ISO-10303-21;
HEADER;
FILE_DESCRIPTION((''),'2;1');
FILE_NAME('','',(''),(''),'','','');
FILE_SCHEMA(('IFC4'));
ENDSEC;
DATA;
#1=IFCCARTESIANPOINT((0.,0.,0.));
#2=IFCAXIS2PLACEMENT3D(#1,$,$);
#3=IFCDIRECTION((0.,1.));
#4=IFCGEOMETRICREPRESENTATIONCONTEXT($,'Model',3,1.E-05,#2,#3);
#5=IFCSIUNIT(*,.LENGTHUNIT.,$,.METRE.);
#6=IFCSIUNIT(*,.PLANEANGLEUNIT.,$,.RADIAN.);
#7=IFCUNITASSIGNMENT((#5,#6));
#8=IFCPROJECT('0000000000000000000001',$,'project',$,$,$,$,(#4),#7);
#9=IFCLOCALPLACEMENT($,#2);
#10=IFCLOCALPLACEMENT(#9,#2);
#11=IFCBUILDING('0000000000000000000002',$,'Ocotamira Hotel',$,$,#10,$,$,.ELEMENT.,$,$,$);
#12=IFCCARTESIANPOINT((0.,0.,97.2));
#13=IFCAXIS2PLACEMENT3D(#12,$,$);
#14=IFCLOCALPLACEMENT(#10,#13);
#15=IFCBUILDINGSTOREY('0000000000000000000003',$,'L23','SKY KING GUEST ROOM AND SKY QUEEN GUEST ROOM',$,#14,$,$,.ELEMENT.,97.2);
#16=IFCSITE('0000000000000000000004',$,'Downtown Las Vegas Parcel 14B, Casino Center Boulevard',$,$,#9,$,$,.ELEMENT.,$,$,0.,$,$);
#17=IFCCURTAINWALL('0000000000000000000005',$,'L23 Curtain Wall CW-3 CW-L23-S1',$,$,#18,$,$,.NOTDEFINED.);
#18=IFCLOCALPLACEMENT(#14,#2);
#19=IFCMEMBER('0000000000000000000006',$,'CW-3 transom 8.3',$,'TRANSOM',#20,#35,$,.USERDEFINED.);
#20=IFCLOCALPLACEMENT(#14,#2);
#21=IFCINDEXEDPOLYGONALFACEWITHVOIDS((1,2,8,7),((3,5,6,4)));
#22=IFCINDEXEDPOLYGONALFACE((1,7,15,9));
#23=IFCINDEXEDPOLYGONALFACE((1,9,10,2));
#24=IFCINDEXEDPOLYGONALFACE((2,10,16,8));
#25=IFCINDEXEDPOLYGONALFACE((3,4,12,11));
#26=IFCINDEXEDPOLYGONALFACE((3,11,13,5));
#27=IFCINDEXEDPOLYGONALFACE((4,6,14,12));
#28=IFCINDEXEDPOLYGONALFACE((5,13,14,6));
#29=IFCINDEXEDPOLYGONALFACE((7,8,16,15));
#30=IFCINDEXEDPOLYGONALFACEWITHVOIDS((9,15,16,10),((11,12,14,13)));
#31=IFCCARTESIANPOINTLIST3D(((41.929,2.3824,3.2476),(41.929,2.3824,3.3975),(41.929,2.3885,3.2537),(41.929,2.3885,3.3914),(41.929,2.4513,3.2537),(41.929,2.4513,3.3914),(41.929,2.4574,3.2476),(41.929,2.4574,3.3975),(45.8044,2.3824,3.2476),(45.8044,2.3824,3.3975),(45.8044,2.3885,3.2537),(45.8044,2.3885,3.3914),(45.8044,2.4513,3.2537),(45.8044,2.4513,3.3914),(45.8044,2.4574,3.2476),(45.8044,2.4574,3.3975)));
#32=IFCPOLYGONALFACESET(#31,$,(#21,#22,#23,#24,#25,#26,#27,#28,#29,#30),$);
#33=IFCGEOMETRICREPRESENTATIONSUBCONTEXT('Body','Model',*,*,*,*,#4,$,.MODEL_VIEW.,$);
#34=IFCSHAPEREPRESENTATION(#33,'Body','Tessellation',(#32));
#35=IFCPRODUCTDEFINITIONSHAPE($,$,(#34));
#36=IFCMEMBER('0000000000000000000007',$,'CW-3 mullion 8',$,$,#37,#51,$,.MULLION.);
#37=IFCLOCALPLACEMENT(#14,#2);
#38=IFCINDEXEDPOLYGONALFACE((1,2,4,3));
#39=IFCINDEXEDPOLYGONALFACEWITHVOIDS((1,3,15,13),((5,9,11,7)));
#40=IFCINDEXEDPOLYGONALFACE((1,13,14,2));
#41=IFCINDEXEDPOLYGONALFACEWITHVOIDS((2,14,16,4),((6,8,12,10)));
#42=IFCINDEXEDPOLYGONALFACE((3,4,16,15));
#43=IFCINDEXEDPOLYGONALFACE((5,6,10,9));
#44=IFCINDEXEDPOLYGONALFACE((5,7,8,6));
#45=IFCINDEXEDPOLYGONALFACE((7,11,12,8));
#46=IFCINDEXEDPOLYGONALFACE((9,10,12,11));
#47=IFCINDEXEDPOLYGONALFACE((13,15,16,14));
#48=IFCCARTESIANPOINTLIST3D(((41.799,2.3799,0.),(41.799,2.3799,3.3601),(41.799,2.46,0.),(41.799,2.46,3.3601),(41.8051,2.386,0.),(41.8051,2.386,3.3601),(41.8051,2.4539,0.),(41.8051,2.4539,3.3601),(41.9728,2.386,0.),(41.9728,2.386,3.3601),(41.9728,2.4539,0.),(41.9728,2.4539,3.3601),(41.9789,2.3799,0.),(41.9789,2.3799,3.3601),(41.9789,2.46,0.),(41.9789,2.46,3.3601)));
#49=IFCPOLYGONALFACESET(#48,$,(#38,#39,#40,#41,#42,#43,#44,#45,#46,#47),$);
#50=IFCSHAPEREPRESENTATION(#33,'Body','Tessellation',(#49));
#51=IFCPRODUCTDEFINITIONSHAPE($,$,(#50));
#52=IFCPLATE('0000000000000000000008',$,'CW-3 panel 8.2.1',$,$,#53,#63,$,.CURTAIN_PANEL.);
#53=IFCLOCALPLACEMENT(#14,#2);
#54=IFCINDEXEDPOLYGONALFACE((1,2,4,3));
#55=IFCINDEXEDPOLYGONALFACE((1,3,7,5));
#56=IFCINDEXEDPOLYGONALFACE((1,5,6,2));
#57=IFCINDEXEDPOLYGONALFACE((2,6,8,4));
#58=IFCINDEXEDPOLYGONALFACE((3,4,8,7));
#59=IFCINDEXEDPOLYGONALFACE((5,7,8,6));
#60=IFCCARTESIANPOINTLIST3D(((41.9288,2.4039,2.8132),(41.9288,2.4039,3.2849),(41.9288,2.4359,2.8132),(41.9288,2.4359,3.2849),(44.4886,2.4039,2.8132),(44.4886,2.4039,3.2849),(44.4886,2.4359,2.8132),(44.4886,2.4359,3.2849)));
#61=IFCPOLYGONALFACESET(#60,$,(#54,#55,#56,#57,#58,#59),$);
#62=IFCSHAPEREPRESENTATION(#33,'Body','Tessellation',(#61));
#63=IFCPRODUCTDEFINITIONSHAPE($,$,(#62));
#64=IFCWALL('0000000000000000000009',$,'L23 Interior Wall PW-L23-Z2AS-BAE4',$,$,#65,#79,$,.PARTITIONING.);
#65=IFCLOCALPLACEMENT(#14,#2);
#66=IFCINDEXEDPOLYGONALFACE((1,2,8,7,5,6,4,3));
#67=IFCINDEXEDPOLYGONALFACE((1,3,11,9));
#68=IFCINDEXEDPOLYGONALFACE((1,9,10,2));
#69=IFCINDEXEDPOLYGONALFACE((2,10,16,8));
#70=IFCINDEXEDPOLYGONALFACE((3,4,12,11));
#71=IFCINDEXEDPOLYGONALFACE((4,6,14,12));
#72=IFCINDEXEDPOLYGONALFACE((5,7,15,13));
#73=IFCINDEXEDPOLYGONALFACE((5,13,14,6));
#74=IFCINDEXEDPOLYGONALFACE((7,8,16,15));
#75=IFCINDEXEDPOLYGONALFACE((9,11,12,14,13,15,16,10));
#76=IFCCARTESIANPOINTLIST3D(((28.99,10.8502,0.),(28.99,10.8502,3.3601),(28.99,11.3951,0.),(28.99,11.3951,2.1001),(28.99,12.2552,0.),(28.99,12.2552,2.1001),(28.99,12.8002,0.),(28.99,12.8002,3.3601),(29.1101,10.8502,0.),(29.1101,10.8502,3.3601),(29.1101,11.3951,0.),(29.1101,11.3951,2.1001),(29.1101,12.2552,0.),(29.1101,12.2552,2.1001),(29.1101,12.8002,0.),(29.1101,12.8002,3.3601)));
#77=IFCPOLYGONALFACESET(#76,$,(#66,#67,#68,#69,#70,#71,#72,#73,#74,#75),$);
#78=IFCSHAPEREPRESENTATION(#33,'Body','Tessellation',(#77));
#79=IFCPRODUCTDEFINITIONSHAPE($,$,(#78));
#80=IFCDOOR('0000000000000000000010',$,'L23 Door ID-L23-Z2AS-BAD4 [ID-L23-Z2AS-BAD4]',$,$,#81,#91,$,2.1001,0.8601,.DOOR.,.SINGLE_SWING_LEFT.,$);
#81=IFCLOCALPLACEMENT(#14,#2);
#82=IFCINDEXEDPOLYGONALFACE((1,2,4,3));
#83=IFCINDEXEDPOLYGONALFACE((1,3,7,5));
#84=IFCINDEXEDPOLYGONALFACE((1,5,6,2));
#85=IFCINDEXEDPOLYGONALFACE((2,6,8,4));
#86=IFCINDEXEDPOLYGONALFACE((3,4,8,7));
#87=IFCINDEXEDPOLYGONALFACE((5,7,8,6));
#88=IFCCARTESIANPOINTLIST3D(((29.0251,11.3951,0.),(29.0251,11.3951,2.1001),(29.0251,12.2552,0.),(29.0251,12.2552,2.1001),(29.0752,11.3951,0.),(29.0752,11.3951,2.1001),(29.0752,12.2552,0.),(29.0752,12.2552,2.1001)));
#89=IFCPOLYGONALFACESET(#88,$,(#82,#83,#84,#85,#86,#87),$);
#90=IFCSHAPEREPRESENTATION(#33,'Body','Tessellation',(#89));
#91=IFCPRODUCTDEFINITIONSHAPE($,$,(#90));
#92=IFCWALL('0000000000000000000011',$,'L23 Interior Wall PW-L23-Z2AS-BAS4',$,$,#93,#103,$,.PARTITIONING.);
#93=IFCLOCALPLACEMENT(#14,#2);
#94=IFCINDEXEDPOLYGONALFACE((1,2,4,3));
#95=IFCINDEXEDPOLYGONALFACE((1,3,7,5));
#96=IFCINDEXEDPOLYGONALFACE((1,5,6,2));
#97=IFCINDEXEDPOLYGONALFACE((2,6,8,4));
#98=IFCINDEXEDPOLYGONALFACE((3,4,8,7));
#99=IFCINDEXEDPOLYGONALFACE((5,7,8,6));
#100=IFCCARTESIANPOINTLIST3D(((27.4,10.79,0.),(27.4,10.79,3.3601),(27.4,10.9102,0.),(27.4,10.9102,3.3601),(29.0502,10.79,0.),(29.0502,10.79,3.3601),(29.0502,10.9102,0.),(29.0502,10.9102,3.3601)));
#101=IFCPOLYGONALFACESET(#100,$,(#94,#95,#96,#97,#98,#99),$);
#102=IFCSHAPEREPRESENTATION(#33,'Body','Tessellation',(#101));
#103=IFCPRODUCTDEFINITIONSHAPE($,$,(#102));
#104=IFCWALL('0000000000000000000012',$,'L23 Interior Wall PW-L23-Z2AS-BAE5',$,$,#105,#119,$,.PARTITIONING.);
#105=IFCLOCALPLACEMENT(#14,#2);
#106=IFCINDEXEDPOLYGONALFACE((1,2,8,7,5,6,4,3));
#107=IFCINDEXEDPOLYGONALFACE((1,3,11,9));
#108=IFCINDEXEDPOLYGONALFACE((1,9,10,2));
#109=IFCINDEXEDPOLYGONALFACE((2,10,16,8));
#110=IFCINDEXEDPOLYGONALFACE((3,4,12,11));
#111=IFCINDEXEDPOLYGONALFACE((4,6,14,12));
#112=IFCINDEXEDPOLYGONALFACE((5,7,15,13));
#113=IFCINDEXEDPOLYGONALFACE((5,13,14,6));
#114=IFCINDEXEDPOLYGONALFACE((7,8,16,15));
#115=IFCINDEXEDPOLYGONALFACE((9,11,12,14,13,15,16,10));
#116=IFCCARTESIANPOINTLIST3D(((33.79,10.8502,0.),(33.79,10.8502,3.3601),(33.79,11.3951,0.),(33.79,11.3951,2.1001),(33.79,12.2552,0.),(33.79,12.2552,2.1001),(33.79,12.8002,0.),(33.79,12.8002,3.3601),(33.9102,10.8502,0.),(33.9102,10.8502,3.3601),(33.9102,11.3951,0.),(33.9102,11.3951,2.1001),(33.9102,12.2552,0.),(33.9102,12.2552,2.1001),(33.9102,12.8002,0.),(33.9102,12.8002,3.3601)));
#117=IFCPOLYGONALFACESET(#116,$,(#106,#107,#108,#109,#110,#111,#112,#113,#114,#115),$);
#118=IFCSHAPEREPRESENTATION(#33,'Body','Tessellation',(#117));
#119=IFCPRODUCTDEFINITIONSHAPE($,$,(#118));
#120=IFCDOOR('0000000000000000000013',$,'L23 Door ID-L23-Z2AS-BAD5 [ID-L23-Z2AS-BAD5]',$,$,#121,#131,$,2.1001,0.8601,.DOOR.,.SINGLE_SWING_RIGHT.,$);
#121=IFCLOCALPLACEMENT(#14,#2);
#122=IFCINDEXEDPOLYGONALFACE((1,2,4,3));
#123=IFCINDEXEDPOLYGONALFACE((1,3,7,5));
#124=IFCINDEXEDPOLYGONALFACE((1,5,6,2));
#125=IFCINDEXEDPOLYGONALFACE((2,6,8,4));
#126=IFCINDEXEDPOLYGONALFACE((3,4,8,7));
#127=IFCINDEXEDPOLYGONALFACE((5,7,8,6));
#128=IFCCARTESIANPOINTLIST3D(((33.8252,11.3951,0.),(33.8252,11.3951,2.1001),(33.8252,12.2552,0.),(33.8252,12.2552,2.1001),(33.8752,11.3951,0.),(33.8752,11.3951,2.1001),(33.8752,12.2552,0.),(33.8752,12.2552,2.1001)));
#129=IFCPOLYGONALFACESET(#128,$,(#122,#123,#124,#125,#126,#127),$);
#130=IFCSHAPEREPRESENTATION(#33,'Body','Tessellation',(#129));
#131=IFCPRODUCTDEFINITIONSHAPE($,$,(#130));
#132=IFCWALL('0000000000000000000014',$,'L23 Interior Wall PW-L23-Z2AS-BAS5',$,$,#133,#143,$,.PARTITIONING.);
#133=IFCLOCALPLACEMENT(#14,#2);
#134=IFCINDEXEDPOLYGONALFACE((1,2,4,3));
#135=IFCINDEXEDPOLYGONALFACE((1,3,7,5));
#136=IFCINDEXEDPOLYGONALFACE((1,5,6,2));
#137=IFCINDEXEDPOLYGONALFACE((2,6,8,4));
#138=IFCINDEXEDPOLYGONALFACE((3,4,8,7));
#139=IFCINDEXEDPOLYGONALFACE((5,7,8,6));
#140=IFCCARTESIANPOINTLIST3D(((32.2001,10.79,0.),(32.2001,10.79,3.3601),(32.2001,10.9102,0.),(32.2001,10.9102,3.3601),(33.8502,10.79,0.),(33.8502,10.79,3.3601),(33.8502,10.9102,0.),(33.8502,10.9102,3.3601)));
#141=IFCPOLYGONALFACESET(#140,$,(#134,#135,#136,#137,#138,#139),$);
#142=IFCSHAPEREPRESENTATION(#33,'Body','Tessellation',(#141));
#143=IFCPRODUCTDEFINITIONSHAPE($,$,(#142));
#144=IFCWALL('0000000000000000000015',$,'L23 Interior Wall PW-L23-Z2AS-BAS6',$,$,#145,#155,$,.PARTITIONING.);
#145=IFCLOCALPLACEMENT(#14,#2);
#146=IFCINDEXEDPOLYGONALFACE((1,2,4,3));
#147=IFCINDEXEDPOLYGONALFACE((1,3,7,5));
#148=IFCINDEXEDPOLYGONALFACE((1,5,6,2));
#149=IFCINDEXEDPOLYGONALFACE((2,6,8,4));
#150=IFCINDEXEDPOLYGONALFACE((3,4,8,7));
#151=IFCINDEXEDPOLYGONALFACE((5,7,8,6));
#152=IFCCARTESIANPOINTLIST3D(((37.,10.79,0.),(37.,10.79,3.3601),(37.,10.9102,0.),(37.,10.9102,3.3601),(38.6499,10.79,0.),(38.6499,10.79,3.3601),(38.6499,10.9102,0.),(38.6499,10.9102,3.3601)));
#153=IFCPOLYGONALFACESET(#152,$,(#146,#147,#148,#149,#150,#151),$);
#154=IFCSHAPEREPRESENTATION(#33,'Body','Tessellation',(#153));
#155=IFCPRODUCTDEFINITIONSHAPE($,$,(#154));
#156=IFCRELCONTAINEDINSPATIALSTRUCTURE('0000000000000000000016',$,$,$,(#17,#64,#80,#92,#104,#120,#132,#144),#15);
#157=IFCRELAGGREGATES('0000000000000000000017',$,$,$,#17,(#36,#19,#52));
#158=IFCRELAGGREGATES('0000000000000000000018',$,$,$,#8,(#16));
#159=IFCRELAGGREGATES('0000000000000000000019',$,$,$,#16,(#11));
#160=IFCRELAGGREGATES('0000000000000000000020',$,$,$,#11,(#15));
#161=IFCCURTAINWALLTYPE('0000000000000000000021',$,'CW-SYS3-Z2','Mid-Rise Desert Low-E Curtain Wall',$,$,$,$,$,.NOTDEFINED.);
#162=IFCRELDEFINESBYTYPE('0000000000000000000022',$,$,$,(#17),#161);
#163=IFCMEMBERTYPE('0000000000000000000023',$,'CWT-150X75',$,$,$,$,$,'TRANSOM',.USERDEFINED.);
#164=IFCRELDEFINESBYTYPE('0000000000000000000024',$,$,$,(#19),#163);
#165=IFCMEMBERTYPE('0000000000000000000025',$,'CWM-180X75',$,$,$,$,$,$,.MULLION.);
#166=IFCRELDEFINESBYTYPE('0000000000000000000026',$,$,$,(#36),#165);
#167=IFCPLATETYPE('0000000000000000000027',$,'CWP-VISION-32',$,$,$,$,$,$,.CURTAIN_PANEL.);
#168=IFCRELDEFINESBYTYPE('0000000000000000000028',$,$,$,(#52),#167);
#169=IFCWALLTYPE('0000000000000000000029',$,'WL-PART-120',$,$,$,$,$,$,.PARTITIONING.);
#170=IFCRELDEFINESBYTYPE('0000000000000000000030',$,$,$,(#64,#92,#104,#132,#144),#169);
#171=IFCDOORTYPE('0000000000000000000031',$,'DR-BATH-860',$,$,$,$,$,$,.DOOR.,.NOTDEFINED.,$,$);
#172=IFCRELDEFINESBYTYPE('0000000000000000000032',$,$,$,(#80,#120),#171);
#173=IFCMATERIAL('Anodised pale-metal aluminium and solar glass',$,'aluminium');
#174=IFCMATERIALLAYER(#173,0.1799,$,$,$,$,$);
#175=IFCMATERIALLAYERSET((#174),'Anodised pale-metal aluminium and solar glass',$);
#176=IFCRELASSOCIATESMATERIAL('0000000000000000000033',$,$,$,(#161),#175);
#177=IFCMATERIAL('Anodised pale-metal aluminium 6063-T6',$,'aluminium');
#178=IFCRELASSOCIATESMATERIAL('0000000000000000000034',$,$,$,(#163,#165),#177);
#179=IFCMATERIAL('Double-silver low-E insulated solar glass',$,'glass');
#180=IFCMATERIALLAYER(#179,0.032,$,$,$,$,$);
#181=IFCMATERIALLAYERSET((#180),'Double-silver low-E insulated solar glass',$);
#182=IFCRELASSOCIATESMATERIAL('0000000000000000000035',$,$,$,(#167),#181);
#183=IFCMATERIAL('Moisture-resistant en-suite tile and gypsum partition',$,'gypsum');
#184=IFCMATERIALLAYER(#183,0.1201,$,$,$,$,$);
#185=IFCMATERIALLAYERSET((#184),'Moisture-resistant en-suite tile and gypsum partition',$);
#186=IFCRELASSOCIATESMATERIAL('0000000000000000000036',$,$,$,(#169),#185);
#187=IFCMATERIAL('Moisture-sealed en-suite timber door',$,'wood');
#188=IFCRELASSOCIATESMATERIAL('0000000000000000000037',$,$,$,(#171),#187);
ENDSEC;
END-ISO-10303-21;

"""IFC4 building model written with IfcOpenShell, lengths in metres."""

from ifc_helpers import new_model, si_unit, direction, frame, frame_2d, origin, origin_2d, place, context, subcontext, project, spatial, rectangle, hollow_rectangle, extrude, source, transform, mapped, material, layer, layer_set, material_profile, profile_set, type_object, element, fill, aggregate, save


model = new_model("IFC4")

# Units and contexts
model_context = context("Model", 3, precision=1e-05, world=origin(), true_north=direction((0.0, 1.0)))
body_context = subcontext(model_context, "Body", "Model", "MODEL_VIEW")
ifc_project = project(units=[si_unit("LENGTHUNIT", "METRE"), si_unit("PLANEANGLEUNIT", "RADIAN")], contexts=[model_context])

# Site, building, storey
site_placement = place(None, origin())
site = spatial("IfcSite", under=ifc_project, at=site_placement, Name="Downtown Las Vegas Parcel 14B, Casino Center Boulevard", CompositionType="ELEMENT", RefElevation=0.0)
building_placement = place(site_placement, origin())
building = spatial("IfcBuilding", under=site, at=building_placement, Name="Ocotamira Hotel", CompositionType="ELEMENT")
storey_placement = place(building_placement, frame((0.0, 0.0, 97.2)))
storey = spatial("IfcBuildingStorey", under=building, at=storey_placement, Name="L23", Description="SKY KING GUEST ROOM AND SKY QUEEN GUEST ROOM", CompositionType="ELEMENT", Elevation=97.2)

# Curtain wall, members, plate
ifc_material_1 = material(Name="Anodised pale-metal aluminium and solar glass", Category="aluminium")
ifc_layer_1 = layer(ifc_material_1, 0.1799)
ifc_layer_set_1 = layer_set([ifc_layer_1], Name="Anodised pale-metal aluminium and solar glass")
curtain_wall_type = type_object("IfcCurtainWallType", Name="CW-SYS3-Z2", Description="Mid-Rise Desert Low-E Curtain Wall", PredefinedType="NOTDEFINED", material=ifc_layer_set_1)
curtain_wall_placement = place(storey_placement, origin())
curtain_wall = element("IfcCurtainWall", 1, at=curtain_wall_placement, inside=storey, type_object=curtain_wall_type, Name="L23 Curtain Wall CW-3 CW-L23-S1", PredefinedType="NOTDEFINED")
ifc_material_2 = material(Name="Anodised pale-metal aluminium 6063-T6", Category="aluminium")
ifc_material_profile_1 = material_profile(ifc_material_2, hollow_rectangle(XDim=0.075, YDim=0.1499, WallThickness=0.0061, at=origin_2d()), Name="HSS150X75X6")
ifc_profile_set_1 = profile_set([ifc_material_profile_1], Name="Anodised pale-metal aluminium 6063-T6")
member_type_1 = type_object("IfcMemberType", Name="CWT-150X75", ElementType="TRANSOM", PredefinedType="USERDEFINED", material=ifc_profile_set_1)
shared_shape_1 = source(origin(), body_context, "Body", "SweptSolid", [
    extrude(hollow_rectangle(XDim=0.075, YDim=0.1499, WallThickness=0.0061, at=origin_2d()), origin(), (0.0, 0.0, 1.0), 3.8755),
])
member_1_placement = place(storey_placement, frame((41.929, 2.4199, 3.3225), z_axis=(1.0, 0.0, 0.0), x_axis=(0.0, 1.0, 0.0)))
member_1 = element("IfcMember", 2, at=member_1_placement, type_object=member_type_1, Name="CW-3 transom 8.3", ObjectType="TRANSOM", PredefinedType="USERDEFINED", context=body_context, shape_type="MappedRepresentation", body=[
    mapped(shared_shape_1, transform((0.0, 0.0, 0.0), scale=1.0)),
])
ifc_material_profile_2 = material_profile(ifc_material_2, hollow_rectangle(XDim=0.0801, YDim=0.1799, WallThickness=0.0061, at=origin_2d()), Name="HSS180X80X6")
ifc_profile_set_2 = profile_set([ifc_material_profile_2], Name="Anodised pale-metal aluminium 6063-T6")
member_type_2 = type_object("IfcMemberType", Name="CWM-180X75", PredefinedType="MULLION", material=ifc_profile_set_2)
shared_shape_2 = source(origin(), body_context, "Body", "SweptSolid", [
    extrude(hollow_rectangle(XDim=0.0801, YDim=0.1799, WallThickness=0.0061, at=origin_2d()), origin(), (0.0, 0.0, 1.0), 3.3601),
])
member_2_placement = place(storey_placement, frame((41.8889, 2.4199, 0.0), z_axis=(0.0, 0.0, 1.0), x_axis=(0.0, 1.0, 0.0)))
member_2 = element("IfcMember", 3, at=member_2_placement, type_object=member_type_2, Name="CW-3 mullion 8", PredefinedType="MULLION", context=body_context, shape_type="MappedRepresentation", body=[
    mapped(shared_shape_2, transform((0.0, 0.0, 0.0), scale=1.0)),
])
ifc_material_3 = material(Name="Double-silver low-E insulated solar glass", Category="glass")
ifc_layer_2 = layer(ifc_material_3, 0.032)
ifc_layer_set_2 = layer_set([ifc_layer_2], Name="Double-silver low-E insulated solar glass")
plate_type = type_object("IfcPlateType", Name="CWP-VISION-32", PredefinedType="CURTAIN_PANEL", material=ifc_layer_set_2)
shared_shape_3 = source(origin(), body_context, "Body", "SweptSolid", [
    extrude(rectangle(XDim=2.5598, YDim=0.032, at=origin_2d()), origin(), (0.0, 0.0, 1.0), 0.4717),
])
plate_placement = place(storey_placement, frame((43.2087, 2.4199, 2.8132), z_axis=(0.0, 0.0, 1.0), x_axis=(1.0, 0.0, 0.0)))
plate = element("IfcPlate", 4, at=plate_placement, type_object=plate_type, Name="CW-3 panel 8.2.1", PredefinedType="CURTAIN_PANEL", context=body_context, shape_type="MappedRepresentation", body=[
    mapped(shared_shape_3, transform((0.0, 0.0, 0.0), scale=1.0)),
])
aggregate(curtain_wall, [member_2, member_1, plate])

# Wall, opening, door
ifc_material_4 = material(Name="Moisture-resistant en-suite tile and gypsum partition", Category="gypsum")
ifc_layer_3 = layer(ifc_material_4, 0.1201)
ifc_layer_set_3 = layer_set([ifc_layer_3], Name="Moisture-resistant en-suite tile and gypsum partition")
wall_type = type_object("IfcWallType", Name="WL-PART-120", PredefinedType="PARTITIONING", material=ifc_layer_set_3)
wall_1_placement = place(storey_placement, frame((29.05, 10.8501, 0.0), z_axis=(0.0, 0.0, 1.0), x_axis=(0.0, 1.0, 0.0)))
wall_1 = element("IfcWall", 5, at=wall_1_placement, inside=storey, type_object=wall_type, Name="L23 Interior Wall PW-L23-Z2AS-BAE4", PredefinedType="PARTITIONING", context=body_context, shape_type="SweptSolid", body=[
    extrude(rectangle(XDim=1.95, YDim=0.1201, at=frame_2d((0.9751, 0.0))), origin(), (0.0, 0.0, 1.0), 3.3601),
])
opening_1_placement = place(wall_1_placement, frame((0.5449, 0.0, 0.0)))
opening_1 = element("IfcOpeningElement", 6, at=opening_1_placement, cuts=wall_1, PredefinedType="OPENING", context=body_context, shape_type="SweptSolid", body=[
    extrude(rectangle(XDim=0.8601, YDim=2.1001, at=frame_2d((0.4302, 1.05))), frame((0.0, 0.0701, 0.0), z_axis=(0.0, -1.0, 0.0), x_axis=(1.0, 0.0, 0.0)), (0.0, 0.0, 1.0), 0.1401),
])
ifc_material_5 = material(Name="Moisture-sealed en-suite timber door", Category="wood")
door_type = type_object("IfcDoorType", Name="DR-BATH-860", OperationType="NOTDEFINED", PredefinedType="DOOR", material=ifc_material_5)
shared_shape_4 = source(origin(), body_context, "Body", "SweptSolid", [
    extrude(rectangle(XDim=0.8601, YDim=2.1001, at=frame_2d((0.4302, 1.05))), frame((0.0, 0.0249, 0.0), z_axis=(0.0, -1.0, 0.0), x_axis=(1.0, 0.0, 0.0)), (0.0, 0.0, 1.0), 0.05),
])
door_1_placement = place(opening_1_placement, origin())
door_1 = element("IfcDoor", 7, at=door_1_placement, inside=storey, type_object=door_type, Name="L23 Door ID-L23-Z2AS-BAD4 [ID-L23-Z2AS-BAD4]", OperationType="SINGLE_SWING_LEFT", OverallHeight=2.1001, OverallWidth=0.8601, PredefinedType="DOOR", context=body_context, shape_type="MappedRepresentation", body=[
    mapped(shared_shape_4, transform((0.0, 0.0, 0.0), scale=1.0)),
])
fill(opening_1, door_1)

# Wall
wall_2_placement = place(storey_placement, frame((27.3999, 10.8501, 0.0), z_axis=(0.0, 0.0, 1.0), x_axis=(1.0, 0.0, 0.0)))
element("IfcWall", 8, at=wall_2_placement, inside=storey, type_object=wall_type, Name="L23 Interior Wall PW-L23-Z2AS-BAS4", PredefinedType="PARTITIONING", context=body_context, shape_type="SweptSolid", body=[
    extrude(rectangle(XDim=1.6501, YDim=0.1201, at=frame_2d((0.8252, 0.0))), origin(), (0.0, 0.0, 1.0), 3.3601),
])

# Wall, opening, door
wall_3_placement = place(storey_placement, frame((33.8501, 10.8501, 0.0), z_axis=(0.0, 0.0, 1.0), x_axis=(0.0, 1.0, 0.0)))
wall_3 = element("IfcWall", 9, at=wall_3_placement, inside=storey, type_object=wall_type, Name="L23 Interior Wall PW-L23-Z2AS-BAE5", PredefinedType="PARTITIONING", context=body_context, shape_type="SweptSolid", body=[
    extrude(rectangle(XDim=1.95, YDim=0.1201, at=frame_2d((0.9751, 0.0))), origin(), (0.0, 0.0, 1.0), 3.3601),
])
opening_2_placement = place(wall_3_placement, frame((0.5449, 0.0, 0.0)))
opening_2 = element("IfcOpeningElement", 10, at=opening_2_placement, cuts=wall_3, PredefinedType="OPENING", context=body_context, shape_type="SweptSolid", body=[
    extrude(rectangle(XDim=0.8601, YDim=2.1001, at=frame_2d((0.4302, 1.05))), frame((0.0, 0.0701, 0.0), z_axis=(0.0, -1.0, 0.0), x_axis=(1.0, 0.0, 0.0)), (0.0, 0.0, 1.0), 0.1401),
])
door_2_placement = place(opening_2_placement, origin())
door_2 = element("IfcDoor", 11, at=door_2_placement, inside=storey, type_object=door_type, Name="L23 Door ID-L23-Z2AS-BAD5 [ID-L23-Z2AS-BAD5]", OperationType="SINGLE_SWING_RIGHT", OverallHeight=2.1001, OverallWidth=0.8601, PredefinedType="DOOR", context=body_context, shape_type="MappedRepresentation", body=[
    mapped(shared_shape_4, transform((0.0, 0.0, 0.0), scale=1.0)),
])
fill(opening_2, door_2)

# Walls
wall_4_placement = place(storey_placement, frame((32.2, 10.8501, 0.0), z_axis=(0.0, 0.0, 1.0), x_axis=(1.0, 0.0, 0.0)))
element("IfcWall", 12, at=wall_4_placement, inside=storey, type_object=wall_type, Name="L23 Interior Wall PW-L23-Z2AS-BAS5", PredefinedType="PARTITIONING", context=body_context, shape_type="SweptSolid", body=[
    extrude(rectangle(XDim=1.6501, YDim=0.1201, at=frame_2d((0.8252, 0.0))), origin(), (0.0, 0.0, 1.0), 3.3601),
])
wall_5_placement = place(storey_placement, frame((37.0, 10.8501, 0.0), z_axis=(0.0, 0.0, 1.0), x_axis=(1.0, 0.0, 0.0)))
element("IfcWall", 13, at=wall_5_placement, inside=storey, type_object=wall_type, Name="L23 Interior Wall PW-L23-Z2AS-BAS6", PredefinedType="PARTITIONING", context=body_context, shape_type="SweptSolid", body=[
    extrude(rectangle(XDim=1.6499, YDim=0.1201, at=frame_2d((0.825, 0.0))), origin(), (0.0, 0.0, 1.0), 3.3601),
])

save(model, "model.ifc")
